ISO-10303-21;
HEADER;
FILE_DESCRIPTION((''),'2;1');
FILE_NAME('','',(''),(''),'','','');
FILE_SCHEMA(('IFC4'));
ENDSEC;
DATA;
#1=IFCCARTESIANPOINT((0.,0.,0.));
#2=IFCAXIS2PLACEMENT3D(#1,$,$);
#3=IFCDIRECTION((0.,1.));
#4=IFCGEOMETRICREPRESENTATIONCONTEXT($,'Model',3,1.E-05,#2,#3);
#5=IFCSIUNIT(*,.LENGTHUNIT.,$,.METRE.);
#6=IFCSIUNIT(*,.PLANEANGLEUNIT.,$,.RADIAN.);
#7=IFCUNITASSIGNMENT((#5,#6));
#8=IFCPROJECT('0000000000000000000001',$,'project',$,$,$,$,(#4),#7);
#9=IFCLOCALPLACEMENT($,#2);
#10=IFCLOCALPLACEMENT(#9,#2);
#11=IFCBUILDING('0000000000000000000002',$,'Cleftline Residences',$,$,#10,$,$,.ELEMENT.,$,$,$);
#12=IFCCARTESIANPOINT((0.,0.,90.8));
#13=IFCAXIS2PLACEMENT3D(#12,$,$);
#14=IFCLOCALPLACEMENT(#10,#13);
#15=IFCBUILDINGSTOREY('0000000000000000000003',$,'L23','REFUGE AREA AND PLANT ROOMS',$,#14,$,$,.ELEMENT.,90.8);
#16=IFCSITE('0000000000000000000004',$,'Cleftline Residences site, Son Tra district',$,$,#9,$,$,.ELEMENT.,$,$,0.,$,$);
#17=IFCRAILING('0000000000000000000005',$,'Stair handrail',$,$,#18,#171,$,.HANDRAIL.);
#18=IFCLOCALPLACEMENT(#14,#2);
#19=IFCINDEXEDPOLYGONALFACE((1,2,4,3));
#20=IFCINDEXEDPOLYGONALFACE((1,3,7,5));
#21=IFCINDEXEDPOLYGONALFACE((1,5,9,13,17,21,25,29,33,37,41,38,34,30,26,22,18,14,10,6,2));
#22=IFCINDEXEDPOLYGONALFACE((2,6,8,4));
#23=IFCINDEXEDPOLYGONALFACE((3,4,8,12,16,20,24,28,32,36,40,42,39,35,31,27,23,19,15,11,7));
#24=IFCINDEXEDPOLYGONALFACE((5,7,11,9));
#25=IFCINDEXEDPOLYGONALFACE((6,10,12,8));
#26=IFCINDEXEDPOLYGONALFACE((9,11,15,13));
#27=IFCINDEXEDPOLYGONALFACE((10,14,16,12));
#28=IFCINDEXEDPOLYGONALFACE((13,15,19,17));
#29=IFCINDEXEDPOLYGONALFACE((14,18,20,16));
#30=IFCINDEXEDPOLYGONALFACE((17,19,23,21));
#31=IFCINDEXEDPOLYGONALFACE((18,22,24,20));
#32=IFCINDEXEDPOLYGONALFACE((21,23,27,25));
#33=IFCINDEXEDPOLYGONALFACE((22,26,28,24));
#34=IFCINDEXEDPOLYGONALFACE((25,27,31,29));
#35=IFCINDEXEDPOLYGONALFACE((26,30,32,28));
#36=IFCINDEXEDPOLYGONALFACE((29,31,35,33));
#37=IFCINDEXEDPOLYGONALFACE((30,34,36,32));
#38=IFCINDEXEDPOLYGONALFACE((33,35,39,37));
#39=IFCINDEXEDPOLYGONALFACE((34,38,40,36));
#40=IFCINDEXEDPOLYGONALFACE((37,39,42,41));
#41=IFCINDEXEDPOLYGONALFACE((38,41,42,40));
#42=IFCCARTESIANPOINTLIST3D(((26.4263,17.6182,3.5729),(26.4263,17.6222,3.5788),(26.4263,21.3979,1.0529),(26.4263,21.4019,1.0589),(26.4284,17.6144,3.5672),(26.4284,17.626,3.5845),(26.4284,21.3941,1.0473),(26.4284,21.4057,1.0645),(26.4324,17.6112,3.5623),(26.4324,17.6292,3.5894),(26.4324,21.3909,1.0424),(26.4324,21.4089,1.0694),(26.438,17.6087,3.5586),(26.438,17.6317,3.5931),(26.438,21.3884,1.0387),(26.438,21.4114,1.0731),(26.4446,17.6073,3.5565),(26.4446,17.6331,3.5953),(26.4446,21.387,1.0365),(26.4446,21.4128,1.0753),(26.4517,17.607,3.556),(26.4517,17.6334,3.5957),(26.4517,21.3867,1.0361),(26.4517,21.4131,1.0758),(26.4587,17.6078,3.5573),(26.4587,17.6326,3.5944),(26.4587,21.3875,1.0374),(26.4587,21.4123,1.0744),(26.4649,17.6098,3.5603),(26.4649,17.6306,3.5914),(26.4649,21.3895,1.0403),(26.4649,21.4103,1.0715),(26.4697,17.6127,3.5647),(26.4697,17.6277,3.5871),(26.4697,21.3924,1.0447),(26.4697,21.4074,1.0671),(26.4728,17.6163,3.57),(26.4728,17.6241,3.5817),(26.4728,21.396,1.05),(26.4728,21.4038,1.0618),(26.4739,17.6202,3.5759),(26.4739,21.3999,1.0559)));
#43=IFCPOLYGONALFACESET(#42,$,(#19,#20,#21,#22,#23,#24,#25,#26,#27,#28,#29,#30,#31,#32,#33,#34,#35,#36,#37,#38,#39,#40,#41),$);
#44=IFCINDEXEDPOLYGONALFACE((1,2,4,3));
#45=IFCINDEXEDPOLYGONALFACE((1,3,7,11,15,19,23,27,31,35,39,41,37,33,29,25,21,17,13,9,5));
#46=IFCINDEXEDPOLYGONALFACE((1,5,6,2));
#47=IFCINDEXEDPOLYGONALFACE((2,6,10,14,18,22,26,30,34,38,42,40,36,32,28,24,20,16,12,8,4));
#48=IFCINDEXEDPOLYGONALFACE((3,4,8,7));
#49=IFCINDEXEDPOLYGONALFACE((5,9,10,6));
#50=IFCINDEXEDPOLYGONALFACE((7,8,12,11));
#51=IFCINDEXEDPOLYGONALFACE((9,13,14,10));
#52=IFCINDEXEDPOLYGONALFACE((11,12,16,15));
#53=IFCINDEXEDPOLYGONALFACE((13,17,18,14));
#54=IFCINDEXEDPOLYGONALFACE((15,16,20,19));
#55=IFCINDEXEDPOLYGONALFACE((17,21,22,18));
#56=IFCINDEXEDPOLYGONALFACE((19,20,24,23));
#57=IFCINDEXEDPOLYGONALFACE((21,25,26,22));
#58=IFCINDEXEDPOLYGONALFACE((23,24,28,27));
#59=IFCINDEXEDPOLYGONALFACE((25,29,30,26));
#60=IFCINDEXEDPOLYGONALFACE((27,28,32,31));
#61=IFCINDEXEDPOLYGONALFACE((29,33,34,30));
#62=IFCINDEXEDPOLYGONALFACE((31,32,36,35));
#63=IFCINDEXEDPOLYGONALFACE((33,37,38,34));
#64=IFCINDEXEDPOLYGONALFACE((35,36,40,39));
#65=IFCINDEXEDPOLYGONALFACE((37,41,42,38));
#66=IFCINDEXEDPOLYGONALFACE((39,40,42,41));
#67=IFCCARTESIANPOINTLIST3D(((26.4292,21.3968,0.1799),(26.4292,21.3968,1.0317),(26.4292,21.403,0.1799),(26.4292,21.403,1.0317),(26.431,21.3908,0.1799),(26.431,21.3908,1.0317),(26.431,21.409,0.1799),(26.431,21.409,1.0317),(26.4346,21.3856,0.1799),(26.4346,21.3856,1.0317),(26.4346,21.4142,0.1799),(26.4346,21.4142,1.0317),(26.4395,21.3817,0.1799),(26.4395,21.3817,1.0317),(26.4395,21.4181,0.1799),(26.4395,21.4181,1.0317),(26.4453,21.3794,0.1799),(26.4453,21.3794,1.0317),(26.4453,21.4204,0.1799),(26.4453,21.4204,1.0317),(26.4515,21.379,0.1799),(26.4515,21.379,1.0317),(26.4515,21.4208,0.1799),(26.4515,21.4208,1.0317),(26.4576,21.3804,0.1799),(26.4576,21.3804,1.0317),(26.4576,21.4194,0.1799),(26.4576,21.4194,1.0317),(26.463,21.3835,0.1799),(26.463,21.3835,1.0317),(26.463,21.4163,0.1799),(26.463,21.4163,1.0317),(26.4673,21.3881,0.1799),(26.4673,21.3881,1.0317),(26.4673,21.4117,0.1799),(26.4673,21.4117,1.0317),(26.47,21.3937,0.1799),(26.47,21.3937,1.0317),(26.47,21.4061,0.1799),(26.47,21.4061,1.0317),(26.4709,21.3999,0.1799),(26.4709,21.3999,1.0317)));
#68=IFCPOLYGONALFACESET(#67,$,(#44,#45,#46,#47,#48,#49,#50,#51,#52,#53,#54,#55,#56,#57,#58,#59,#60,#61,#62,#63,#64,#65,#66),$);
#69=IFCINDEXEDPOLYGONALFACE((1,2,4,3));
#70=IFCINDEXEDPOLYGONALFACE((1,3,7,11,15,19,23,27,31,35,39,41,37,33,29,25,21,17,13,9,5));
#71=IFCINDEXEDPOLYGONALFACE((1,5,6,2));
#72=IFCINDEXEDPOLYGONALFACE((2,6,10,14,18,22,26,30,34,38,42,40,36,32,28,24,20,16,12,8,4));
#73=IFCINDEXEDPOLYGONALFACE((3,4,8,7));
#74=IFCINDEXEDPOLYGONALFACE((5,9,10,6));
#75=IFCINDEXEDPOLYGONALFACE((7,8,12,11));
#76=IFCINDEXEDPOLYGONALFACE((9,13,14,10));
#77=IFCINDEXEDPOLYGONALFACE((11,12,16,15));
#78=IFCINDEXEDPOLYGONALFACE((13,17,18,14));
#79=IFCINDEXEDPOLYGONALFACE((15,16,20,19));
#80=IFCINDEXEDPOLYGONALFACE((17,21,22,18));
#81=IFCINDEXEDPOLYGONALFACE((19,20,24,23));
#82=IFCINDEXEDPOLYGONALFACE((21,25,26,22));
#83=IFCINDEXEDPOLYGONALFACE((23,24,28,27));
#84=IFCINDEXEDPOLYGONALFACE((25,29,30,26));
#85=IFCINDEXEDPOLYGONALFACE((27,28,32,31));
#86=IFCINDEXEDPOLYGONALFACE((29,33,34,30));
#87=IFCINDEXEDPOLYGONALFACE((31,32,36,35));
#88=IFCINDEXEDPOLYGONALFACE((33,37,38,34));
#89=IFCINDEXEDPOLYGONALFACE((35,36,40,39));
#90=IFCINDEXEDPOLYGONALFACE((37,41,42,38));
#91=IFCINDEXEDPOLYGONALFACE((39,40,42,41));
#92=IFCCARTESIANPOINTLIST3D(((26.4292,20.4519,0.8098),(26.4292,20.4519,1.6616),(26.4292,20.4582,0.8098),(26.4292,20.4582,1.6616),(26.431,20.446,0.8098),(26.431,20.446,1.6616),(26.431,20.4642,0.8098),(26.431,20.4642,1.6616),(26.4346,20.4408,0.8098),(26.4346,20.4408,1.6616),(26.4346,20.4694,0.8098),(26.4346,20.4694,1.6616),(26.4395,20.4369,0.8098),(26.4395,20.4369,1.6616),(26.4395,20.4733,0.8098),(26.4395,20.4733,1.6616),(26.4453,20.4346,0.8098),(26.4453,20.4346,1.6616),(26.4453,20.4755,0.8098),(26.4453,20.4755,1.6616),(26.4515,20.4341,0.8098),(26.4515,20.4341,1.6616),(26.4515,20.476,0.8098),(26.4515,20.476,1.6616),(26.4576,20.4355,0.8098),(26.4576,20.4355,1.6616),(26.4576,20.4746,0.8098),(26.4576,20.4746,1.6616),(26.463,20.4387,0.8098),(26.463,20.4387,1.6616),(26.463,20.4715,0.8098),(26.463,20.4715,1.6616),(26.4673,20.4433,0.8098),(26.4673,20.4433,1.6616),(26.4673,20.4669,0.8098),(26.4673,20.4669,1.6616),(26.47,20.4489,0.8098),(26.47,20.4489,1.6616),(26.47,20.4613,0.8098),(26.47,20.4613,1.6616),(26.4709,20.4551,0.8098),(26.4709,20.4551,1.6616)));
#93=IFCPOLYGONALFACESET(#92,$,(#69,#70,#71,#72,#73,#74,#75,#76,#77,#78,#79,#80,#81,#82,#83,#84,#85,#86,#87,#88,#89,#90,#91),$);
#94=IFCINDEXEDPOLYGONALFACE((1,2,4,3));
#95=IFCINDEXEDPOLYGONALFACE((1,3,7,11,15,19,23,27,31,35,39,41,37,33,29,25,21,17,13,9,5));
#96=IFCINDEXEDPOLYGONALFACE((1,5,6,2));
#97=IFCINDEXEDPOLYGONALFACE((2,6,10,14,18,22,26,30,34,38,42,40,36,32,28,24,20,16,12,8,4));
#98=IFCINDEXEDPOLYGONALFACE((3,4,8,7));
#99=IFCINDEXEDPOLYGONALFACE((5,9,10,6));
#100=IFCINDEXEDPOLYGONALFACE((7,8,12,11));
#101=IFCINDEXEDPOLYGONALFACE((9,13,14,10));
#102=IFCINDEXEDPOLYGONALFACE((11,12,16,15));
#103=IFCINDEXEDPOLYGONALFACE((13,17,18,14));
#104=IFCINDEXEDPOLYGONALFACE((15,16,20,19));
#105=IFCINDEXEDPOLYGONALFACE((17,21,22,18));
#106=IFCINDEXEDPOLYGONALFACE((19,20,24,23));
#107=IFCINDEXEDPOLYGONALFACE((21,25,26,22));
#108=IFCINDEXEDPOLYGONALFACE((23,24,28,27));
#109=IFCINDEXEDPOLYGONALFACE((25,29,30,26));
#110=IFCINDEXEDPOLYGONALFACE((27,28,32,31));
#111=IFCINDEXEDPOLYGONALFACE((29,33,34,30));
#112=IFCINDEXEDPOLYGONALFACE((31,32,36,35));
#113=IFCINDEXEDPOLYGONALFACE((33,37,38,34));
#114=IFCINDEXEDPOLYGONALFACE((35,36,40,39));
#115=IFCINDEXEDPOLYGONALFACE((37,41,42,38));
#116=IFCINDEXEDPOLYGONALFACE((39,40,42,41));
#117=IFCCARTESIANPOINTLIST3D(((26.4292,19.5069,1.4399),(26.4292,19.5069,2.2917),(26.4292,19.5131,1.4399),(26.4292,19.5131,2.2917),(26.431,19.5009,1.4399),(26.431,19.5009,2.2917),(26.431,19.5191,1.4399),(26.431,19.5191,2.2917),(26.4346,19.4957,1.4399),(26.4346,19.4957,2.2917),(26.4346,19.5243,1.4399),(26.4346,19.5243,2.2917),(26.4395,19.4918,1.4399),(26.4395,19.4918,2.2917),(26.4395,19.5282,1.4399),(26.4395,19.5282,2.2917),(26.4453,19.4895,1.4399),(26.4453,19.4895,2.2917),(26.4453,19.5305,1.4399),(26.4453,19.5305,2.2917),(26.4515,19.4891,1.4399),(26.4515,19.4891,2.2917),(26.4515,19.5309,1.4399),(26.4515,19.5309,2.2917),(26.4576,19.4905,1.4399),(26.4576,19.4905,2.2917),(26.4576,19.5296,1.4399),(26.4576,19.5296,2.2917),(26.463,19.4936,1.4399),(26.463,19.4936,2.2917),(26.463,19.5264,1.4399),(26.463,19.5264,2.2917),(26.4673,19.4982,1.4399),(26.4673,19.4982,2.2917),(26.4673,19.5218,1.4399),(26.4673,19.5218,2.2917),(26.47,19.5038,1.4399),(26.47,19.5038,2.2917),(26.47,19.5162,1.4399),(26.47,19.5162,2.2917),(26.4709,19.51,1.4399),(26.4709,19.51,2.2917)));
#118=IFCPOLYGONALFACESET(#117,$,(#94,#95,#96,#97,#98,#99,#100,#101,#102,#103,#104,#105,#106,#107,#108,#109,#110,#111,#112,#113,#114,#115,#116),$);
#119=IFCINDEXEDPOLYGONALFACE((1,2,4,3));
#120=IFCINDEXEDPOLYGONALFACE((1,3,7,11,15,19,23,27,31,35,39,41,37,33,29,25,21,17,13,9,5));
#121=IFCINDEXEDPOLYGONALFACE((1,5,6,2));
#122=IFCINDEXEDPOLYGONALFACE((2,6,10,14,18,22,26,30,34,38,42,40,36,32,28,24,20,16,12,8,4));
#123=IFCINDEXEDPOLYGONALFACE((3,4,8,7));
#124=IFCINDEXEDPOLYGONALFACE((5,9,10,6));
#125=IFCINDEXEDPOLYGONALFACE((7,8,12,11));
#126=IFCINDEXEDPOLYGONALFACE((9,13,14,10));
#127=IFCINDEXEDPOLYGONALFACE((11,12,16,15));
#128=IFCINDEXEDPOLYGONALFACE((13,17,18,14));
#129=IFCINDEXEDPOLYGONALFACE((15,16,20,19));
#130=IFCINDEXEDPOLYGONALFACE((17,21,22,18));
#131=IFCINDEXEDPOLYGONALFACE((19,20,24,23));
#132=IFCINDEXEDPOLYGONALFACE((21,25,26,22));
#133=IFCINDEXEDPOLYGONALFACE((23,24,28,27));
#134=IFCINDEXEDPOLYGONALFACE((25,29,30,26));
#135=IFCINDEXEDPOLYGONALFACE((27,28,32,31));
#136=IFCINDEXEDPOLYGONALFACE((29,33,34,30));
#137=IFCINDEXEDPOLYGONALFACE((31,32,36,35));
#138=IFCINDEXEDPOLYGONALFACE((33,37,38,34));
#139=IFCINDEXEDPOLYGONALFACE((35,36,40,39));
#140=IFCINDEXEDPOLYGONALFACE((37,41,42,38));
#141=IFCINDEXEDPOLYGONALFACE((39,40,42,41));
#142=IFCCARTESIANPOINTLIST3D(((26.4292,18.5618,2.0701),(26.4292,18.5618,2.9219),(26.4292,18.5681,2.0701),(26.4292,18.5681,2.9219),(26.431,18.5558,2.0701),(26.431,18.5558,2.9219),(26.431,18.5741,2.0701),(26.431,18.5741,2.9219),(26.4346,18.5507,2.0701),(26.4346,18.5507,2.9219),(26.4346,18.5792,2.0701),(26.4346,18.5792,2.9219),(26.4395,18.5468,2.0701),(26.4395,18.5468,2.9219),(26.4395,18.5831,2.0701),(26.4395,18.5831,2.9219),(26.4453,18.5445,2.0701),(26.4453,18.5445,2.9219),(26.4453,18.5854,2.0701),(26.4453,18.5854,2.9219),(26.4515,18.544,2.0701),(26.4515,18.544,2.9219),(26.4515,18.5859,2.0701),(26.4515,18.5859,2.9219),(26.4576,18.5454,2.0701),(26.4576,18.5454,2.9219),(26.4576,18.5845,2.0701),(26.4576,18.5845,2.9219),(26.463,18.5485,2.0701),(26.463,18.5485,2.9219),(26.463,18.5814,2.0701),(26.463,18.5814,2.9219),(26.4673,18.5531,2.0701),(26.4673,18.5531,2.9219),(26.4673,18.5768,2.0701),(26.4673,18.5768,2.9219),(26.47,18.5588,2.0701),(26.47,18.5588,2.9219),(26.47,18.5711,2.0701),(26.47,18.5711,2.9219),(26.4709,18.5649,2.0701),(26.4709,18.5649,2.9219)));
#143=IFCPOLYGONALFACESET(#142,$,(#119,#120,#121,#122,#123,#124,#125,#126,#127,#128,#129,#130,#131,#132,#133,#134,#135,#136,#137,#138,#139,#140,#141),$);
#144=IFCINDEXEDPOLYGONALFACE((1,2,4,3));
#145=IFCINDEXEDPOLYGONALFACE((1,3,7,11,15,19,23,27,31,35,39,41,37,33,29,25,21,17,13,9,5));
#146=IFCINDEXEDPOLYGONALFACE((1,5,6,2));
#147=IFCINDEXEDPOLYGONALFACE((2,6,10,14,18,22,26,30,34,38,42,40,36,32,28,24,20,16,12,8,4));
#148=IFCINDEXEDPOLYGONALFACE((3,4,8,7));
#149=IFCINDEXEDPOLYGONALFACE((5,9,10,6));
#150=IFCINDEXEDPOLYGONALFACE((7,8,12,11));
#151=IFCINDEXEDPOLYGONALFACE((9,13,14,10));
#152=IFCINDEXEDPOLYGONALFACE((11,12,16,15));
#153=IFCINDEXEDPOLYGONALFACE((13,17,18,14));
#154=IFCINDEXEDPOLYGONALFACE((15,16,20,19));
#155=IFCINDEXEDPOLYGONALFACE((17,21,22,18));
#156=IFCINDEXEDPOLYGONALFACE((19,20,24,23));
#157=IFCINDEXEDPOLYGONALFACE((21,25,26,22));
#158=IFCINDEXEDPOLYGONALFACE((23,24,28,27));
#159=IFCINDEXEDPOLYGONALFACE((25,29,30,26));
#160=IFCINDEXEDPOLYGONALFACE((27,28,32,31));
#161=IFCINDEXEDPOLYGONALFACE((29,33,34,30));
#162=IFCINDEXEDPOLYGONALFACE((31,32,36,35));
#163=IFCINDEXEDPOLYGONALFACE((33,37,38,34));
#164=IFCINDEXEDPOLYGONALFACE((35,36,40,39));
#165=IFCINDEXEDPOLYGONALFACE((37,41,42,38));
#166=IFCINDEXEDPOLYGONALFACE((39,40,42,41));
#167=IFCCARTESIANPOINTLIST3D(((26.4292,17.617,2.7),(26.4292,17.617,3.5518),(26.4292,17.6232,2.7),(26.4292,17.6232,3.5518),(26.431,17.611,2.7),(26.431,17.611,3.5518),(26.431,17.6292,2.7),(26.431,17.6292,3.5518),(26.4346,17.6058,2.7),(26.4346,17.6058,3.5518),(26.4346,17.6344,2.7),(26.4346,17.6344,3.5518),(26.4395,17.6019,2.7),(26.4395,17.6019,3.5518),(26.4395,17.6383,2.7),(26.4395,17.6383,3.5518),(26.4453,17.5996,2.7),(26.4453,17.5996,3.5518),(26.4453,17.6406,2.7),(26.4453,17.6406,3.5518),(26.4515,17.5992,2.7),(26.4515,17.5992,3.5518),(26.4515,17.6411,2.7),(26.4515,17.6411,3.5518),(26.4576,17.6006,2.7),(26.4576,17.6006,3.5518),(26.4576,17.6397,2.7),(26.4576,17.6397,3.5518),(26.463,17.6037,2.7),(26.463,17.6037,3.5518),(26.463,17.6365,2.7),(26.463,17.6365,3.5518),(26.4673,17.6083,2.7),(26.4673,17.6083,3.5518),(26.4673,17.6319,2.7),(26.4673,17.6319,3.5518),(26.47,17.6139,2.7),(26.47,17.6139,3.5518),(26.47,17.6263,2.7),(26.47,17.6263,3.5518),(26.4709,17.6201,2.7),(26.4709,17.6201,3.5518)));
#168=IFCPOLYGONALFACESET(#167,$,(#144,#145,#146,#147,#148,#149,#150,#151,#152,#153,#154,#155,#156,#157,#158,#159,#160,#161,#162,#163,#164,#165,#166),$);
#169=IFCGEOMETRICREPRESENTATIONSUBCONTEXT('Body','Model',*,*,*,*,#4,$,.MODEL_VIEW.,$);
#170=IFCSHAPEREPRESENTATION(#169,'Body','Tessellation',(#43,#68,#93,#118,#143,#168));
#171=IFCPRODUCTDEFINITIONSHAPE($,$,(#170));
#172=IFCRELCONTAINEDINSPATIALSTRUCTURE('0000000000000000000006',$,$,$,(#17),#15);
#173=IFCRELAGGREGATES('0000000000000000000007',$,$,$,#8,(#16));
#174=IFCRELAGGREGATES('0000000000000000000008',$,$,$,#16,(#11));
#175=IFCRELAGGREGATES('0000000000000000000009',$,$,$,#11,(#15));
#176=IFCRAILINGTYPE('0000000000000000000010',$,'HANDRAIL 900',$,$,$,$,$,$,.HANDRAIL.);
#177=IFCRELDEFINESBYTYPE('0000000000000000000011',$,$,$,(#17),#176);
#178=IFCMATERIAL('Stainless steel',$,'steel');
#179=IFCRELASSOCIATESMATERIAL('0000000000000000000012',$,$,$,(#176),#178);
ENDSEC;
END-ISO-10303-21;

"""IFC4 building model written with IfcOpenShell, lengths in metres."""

from ifc_helpers import new_model, si_unit, direction, frame, origin, origin_2d, place, context, subcontext, project, spatial, circle, extrude, material, type_object, element, save


model = new_model("IFC4")

# Units and contexts
model_context = context("Model", 3, precision=1e-05, world=origin(), true_north=direction((0.0, 1.0)))
body_context = subcontext(model_context, "Body", "Model", "MODEL_VIEW")
ifc_project = project(units=[si_unit("LENGTHUNIT", "METRE"), si_unit("PLANEANGLEUNIT", "RADIAN")], contexts=[model_context])

# Site, building, storey
site_placement = place(None, origin())
site = spatial("IfcSite", under=ifc_project, at=site_placement, Name="Cleftline Residences site, Son Tra district", CompositionType="ELEMENT", RefElevation=0.0)
building_placement = place(site_placement, origin())
building = spatial("IfcBuilding", under=site, at=building_placement, Name="Cleftline Residences", CompositionType="ELEMENT")
storey_placement = place(building_placement, frame((0.0, 0.0, 90.8)))
storey = spatial("IfcBuildingStorey", under=building, at=storey_placement, Name="L23", Description="REFUGE AREA AND PLANT ROOMS", CompositionType="ELEMENT", Elevation=90.8)

# Railing
ifc_material_1 = material(Name="Stainless steel", Category="steel")
railing_type = type_object("IfcRailingType", Name="HANDRAIL 900", PredefinedType="HANDRAIL", material=ifc_material_1)
railing_1_placement = place(storey_placement, frame((26.45, 21.3999, 0.1799)))
element("IfcRailing", 1, at=railing_1_placement, inside=storey, type_object=railing_type, Name="Stair handrail", PredefinedType="HANDRAIL", context=body_context, shape_type="SweptSolid", body=[
    extrude(circle(Radius=0.0239, at=origin_2d()), frame((0.0, 0.0, 0.876), z_axis=(0.0, -0.832034, 0.554725), x_axis=(1.0, 0.0, 0.0)), (0.0, 0.0, 1.0), 4.5427),
    extrude(circle(Radius=0.021, at=origin_2d()), origin(), (0.0, 0.0, 1.0), 0.8518),
    extrude(circle(Radius=0.021, at=origin_2d()), frame((0.0, -0.9448, 0.6299)), (0.0, 0.0, 1.0), 0.8518),
    extrude(circle(Radius=0.021, at=origin_2d()), frame((0.0, -1.8899, 1.26)), (0.0, 0.0, 1.0), 0.8518),
    extrude(circle(Radius=0.021, at=origin_2d()), frame((0.0, -2.835, 1.8901)), (0.0, 0.0, 1.0), 0.8518),
    extrude(circle(Radius=0.021, at=origin_2d()), frame((0.0, -3.7798, 2.52)), (0.0, 0.0, 1.0), 0.8518),
])

save(model, "model.ifc")
